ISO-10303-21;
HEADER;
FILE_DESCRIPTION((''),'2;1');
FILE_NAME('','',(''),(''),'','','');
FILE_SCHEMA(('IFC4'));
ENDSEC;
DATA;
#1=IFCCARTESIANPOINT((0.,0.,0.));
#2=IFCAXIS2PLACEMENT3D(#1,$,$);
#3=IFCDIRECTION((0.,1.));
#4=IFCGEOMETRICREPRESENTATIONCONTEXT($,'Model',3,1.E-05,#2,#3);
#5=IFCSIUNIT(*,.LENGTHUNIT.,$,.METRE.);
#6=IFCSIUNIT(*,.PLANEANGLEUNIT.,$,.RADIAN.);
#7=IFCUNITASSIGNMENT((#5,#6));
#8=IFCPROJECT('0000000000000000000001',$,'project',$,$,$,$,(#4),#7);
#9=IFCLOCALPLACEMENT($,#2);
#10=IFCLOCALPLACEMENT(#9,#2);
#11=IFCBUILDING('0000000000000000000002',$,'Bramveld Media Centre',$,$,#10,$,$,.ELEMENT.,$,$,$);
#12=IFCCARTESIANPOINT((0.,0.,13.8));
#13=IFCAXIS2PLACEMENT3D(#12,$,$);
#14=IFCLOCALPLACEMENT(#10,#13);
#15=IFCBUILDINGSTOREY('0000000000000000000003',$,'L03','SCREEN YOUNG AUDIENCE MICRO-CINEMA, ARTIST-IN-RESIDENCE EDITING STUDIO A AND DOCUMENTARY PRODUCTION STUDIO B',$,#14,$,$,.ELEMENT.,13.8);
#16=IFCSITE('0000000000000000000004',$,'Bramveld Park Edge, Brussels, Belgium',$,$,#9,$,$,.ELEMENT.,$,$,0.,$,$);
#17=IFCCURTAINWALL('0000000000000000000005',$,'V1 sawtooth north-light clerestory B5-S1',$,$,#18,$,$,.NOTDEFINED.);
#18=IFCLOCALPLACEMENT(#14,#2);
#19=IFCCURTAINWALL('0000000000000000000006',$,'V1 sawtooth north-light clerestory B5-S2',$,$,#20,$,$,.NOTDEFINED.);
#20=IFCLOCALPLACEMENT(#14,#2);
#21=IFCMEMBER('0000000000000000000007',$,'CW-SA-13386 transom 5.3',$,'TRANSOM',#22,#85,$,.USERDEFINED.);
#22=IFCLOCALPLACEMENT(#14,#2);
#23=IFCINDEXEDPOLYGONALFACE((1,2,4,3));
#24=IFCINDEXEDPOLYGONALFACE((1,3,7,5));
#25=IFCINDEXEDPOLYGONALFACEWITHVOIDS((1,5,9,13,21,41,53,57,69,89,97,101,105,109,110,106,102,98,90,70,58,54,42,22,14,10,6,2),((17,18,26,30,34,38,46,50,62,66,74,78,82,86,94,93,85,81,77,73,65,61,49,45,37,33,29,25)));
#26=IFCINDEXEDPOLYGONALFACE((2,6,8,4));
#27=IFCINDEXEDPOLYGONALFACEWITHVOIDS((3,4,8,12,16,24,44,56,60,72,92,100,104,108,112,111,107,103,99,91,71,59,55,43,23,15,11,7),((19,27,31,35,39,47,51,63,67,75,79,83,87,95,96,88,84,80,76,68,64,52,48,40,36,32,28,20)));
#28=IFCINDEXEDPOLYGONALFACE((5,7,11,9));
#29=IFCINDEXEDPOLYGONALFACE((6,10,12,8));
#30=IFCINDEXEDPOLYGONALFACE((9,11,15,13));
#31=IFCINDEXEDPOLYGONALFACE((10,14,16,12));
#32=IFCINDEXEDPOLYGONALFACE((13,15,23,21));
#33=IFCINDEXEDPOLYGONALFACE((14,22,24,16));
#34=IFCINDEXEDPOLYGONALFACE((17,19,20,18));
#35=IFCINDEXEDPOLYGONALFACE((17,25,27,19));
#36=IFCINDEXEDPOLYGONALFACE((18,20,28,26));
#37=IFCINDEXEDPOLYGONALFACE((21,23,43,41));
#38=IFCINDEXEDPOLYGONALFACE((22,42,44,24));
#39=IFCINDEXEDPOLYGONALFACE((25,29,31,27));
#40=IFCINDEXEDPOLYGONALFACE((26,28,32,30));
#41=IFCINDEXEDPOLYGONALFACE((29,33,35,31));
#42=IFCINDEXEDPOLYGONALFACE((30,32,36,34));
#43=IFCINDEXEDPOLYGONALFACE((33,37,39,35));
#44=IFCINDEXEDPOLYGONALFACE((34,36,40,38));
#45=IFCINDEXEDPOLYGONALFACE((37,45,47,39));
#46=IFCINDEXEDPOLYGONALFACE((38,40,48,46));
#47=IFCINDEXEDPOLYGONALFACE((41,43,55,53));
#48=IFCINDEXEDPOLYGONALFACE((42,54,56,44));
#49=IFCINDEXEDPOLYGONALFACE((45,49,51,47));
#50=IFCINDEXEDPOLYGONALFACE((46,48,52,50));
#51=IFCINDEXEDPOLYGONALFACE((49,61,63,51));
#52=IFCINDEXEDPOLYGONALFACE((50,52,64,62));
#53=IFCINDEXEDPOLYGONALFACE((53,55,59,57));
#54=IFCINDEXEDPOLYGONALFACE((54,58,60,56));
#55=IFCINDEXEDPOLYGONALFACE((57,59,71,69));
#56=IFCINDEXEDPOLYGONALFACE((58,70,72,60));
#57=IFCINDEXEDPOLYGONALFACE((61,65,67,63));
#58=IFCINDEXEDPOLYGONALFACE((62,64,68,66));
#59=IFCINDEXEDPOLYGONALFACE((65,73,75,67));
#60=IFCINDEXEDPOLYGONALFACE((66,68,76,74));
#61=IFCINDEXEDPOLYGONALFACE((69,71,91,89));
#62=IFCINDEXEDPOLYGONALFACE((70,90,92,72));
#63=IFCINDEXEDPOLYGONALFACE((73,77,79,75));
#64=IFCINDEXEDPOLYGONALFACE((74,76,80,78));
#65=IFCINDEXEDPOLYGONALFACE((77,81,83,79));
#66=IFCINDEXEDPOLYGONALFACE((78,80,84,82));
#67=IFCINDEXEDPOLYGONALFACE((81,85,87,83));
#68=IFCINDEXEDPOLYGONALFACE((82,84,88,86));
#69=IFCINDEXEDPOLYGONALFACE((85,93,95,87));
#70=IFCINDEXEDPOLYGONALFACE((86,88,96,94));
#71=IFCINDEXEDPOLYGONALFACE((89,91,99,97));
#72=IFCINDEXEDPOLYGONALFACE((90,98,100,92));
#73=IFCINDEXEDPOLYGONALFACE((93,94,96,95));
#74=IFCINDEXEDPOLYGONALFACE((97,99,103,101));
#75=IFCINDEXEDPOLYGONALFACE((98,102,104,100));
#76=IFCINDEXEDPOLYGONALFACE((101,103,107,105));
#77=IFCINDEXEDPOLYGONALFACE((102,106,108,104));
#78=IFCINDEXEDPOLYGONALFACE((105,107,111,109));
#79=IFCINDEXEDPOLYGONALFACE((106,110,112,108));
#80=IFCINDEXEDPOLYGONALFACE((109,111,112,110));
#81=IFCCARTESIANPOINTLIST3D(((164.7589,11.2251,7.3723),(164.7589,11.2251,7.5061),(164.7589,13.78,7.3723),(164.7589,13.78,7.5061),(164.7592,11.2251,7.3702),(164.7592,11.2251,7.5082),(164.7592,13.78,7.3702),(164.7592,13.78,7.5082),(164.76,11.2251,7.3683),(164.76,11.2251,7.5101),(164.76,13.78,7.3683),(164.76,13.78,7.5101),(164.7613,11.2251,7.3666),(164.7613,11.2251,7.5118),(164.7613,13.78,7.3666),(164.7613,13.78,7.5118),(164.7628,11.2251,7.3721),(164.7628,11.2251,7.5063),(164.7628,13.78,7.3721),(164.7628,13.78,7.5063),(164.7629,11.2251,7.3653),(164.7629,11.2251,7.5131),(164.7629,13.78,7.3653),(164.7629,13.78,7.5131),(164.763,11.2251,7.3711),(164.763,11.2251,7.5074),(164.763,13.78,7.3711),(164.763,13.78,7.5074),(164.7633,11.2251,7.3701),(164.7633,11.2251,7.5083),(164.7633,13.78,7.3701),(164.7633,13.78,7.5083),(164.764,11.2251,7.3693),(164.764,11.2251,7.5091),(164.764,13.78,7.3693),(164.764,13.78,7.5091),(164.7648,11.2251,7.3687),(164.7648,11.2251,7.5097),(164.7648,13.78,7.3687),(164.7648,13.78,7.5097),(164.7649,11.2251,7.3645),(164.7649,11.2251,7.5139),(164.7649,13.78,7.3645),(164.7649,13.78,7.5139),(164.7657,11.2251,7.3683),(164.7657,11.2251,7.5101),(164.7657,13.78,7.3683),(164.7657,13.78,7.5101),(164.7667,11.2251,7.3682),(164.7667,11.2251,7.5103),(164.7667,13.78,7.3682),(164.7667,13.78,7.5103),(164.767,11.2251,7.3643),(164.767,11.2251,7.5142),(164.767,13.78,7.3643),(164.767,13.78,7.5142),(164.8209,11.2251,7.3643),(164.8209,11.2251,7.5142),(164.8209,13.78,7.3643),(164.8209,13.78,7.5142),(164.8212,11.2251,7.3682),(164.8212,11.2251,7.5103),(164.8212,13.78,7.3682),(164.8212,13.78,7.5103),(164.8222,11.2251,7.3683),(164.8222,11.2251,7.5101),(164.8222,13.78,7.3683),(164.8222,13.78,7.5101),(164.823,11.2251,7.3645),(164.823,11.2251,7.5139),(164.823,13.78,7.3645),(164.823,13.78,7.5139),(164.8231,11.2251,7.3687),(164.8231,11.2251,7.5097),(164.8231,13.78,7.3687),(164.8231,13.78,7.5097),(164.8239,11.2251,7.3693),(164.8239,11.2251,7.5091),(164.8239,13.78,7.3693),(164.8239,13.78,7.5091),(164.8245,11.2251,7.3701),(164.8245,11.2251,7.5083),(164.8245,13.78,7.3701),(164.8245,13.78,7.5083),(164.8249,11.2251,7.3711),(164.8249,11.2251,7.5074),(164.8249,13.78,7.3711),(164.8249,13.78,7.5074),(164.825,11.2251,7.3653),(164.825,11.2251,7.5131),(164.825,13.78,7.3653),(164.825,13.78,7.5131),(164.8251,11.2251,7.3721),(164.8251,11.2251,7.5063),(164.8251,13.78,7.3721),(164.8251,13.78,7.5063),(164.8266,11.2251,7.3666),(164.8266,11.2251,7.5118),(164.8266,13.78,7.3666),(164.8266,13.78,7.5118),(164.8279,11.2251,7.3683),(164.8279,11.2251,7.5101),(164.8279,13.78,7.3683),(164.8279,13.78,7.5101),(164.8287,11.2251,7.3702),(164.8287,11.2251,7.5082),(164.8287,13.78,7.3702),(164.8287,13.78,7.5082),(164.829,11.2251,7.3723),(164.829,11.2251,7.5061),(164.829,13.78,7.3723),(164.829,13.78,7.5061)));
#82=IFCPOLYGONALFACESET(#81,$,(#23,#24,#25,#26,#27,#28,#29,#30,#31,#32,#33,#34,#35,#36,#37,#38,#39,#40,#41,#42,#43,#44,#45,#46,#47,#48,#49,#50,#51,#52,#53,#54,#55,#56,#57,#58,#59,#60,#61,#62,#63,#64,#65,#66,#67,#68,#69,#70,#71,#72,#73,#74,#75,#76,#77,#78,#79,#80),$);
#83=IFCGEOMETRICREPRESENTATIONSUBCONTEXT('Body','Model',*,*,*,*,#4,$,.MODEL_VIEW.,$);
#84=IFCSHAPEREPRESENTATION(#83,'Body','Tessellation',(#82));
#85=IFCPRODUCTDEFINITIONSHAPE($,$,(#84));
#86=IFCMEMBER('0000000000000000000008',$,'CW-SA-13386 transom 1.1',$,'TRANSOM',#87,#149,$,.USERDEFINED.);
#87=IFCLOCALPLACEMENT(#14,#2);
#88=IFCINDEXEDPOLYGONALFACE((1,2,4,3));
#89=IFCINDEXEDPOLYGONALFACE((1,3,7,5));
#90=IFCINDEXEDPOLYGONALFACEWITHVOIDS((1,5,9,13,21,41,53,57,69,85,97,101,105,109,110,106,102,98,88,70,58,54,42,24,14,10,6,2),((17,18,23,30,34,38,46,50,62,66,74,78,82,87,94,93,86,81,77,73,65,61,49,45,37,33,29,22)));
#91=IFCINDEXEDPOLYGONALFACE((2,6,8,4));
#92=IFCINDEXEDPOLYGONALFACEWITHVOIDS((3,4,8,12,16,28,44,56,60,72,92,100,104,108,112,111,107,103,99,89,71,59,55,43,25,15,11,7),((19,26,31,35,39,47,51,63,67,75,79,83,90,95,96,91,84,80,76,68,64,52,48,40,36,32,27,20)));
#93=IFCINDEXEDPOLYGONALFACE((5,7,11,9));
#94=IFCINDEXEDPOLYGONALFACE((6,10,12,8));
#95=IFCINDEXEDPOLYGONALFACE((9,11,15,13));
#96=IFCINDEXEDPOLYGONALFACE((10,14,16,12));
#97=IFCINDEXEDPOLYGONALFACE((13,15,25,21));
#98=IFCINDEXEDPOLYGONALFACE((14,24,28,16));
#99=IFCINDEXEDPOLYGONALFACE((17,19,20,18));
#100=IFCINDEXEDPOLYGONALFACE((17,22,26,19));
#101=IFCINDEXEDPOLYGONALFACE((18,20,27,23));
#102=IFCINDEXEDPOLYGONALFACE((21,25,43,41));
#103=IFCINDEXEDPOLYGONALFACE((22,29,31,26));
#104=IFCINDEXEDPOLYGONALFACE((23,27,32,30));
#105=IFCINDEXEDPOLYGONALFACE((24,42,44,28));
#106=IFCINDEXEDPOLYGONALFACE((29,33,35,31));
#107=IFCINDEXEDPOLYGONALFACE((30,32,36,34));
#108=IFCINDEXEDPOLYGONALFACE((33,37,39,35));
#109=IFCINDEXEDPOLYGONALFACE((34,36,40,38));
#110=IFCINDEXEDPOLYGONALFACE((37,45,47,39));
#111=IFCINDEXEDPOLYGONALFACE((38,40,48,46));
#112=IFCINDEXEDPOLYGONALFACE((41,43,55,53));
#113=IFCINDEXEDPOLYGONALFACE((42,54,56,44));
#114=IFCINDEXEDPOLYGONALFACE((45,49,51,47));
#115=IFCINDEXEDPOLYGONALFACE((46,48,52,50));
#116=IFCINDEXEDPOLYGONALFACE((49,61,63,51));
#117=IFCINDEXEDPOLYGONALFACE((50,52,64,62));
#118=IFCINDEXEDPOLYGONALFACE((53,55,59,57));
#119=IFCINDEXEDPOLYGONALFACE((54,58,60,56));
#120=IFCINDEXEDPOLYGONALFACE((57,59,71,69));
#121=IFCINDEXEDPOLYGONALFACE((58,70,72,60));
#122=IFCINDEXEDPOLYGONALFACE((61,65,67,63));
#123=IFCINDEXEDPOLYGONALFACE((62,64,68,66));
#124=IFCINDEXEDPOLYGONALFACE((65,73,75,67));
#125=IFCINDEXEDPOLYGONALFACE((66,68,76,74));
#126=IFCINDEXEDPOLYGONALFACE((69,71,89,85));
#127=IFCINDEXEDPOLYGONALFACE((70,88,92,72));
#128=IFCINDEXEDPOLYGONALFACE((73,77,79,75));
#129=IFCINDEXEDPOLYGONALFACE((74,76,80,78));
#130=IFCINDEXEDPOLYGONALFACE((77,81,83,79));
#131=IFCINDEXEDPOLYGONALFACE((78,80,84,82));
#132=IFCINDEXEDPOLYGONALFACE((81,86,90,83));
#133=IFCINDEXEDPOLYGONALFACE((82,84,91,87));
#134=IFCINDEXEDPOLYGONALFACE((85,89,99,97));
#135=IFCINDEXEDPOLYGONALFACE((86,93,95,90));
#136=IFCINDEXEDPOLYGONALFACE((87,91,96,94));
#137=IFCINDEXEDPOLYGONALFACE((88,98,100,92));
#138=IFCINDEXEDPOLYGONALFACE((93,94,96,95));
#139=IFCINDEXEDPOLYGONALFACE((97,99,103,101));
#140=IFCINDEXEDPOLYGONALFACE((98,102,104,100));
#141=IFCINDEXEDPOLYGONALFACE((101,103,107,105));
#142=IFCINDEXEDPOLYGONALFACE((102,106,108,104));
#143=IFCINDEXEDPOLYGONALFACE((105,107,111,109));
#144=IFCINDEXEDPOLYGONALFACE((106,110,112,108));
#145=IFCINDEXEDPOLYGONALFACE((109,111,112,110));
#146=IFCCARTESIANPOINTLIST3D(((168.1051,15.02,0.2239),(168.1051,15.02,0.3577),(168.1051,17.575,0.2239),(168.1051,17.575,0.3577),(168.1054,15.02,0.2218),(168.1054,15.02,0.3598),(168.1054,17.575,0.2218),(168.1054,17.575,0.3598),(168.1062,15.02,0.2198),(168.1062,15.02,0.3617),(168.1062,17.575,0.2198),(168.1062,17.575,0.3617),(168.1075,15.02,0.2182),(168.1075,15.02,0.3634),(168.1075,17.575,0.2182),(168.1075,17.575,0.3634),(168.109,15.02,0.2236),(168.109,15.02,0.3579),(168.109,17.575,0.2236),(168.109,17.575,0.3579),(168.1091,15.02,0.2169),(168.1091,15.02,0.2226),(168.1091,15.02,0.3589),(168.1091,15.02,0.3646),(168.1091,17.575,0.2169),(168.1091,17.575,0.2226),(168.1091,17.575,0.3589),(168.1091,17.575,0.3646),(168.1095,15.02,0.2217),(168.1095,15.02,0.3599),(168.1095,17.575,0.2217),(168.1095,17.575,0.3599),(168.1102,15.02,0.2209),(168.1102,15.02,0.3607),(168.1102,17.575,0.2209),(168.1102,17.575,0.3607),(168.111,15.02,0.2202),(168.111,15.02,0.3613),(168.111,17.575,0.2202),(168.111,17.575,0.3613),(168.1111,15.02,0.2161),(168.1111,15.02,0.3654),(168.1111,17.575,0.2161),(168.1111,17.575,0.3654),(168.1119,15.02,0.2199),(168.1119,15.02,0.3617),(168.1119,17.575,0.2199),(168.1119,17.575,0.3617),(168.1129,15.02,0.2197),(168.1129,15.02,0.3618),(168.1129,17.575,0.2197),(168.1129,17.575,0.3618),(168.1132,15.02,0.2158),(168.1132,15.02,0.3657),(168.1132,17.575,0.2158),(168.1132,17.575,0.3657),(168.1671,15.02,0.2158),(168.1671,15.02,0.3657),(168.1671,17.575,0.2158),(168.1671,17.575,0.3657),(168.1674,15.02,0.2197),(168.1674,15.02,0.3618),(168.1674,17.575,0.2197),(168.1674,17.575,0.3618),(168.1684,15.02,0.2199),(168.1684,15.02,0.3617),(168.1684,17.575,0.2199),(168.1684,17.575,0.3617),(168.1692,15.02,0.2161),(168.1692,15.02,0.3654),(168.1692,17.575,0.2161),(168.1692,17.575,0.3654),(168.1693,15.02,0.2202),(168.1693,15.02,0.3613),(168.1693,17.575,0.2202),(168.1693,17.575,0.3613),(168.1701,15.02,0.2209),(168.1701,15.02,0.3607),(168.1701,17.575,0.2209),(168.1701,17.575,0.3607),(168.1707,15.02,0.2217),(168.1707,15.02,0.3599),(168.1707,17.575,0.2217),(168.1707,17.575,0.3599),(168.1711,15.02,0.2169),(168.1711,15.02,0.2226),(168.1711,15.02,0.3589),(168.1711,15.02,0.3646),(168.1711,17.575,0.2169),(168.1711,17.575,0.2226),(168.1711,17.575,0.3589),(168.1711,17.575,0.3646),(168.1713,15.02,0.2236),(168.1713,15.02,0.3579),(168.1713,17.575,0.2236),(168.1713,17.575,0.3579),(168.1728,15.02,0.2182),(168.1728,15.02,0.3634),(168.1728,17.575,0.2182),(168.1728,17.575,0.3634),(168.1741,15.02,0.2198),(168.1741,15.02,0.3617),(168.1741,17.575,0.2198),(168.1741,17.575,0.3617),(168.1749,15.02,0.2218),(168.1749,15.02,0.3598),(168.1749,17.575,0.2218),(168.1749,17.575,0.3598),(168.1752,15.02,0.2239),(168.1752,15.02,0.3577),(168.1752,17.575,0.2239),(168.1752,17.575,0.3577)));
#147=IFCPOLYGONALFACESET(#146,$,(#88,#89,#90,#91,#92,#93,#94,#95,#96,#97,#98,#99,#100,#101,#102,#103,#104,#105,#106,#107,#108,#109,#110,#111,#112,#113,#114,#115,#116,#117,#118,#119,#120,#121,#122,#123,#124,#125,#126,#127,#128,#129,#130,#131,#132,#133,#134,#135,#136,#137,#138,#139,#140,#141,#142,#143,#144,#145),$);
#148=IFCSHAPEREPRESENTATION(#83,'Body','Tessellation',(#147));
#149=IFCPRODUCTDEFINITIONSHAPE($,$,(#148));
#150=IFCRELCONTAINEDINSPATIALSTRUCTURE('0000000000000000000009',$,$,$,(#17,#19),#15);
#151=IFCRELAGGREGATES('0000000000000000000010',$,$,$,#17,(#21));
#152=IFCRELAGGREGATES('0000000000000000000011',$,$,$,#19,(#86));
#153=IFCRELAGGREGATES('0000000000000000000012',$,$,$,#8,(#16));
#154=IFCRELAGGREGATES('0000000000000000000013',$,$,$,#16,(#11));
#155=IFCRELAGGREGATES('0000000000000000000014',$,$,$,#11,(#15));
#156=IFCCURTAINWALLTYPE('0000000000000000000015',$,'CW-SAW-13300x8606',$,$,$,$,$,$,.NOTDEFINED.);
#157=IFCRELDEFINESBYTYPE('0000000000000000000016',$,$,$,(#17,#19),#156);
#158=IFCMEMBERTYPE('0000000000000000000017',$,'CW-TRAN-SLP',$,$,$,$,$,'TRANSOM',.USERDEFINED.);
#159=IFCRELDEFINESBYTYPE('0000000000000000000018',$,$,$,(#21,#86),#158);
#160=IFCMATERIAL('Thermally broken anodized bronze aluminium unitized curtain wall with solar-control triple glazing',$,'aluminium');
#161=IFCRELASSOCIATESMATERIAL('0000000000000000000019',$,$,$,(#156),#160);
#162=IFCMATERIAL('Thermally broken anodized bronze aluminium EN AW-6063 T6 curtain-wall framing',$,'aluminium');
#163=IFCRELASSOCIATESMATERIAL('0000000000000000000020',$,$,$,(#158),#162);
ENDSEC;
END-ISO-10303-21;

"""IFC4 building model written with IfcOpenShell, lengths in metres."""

from ifc_helpers import new_model, si_unit, direction, frame, origin, origin_2d, place, context, subcontext, project, spatial, hollow_rectangle, extrude, material, material_profile, profile_set, type_object, element, aggregate, save


model = new_model("IFC4")

# Units and contexts
model_context = context("Model", 3, precision=1e-05, world=origin(), true_north=direction((0.0, 1.0)))
body_context = subcontext(model_context, "Body", "Model", "MODEL_VIEW")
ifc_project = project(units=[si_unit("LENGTHUNIT", "METRE"), si_unit("PLANEANGLEUNIT", "RADIAN")], contexts=[model_context])

# Site, building, storey
site_placement = place(None, origin())
site = spatial("IfcSite", under=ifc_project, at=site_placement, Name="Bramveld Park Edge, Brussels, Belgium", CompositionType="ELEMENT", RefElevation=0.0)
building_placement = place(site_placement, origin())
building = spatial("IfcBuilding", under=site, at=building_placement, Name="Bramveld Media Centre", CompositionType="ELEMENT")
storey_placement = place(building_placement, frame((0.0, 0.0, 13.8)))
storey = spatial("IfcBuildingStorey", under=building, at=storey_placement, Name="L03", Description="SCREEN YOUNG AUDIENCE MICRO-CINEMA, ARTIST-IN-RESIDENCE EDITING STUDIO A AND DOCUMENTARY PRODUCTION STUDIO B", CompositionType="ELEMENT", Elevation=13.8)

# Curtain walls
ifc_material_1 = material(Name="Thermally broken anodized bronze aluminium unitized curtain wall with solar-control triple glazing", Category="aluminium")
curtain_wall_type = type_object("IfcCurtainWallType", Name="CW-SAW-13300x8606", PredefinedType="NOTDEFINED", material=ifc_material_1)
curtain_wall_1_placement = place(storey_placement, origin())
curtain_wall_1 = element("IfcCurtainWall", 1, at=curtain_wall_1_placement, inside=storey, type_object=curtain_wall_type, Name="V1 sawtooth north-light clerestory B5-S1", PredefinedType="NOTDEFINED")
curtain_wall_2_placement = place(storey_placement, origin())
curtain_wall_2 = element("IfcCurtainWall", 2, at=curtain_wall_2_placement, inside=storey, type_object=curtain_wall_type, Name="V1 sawtooth north-light clerestory B5-S2", PredefinedType="NOTDEFINED")

# Members
ifc_material_2 = material(Name="Thermally broken anodized bronze aluminium EN AW-6063 T6 curtain-wall framing", Category="aluminium")
ifc_material_profile_1 = material_profile(ifc_material_2, hollow_rectangle(XDim=0.0701, YDim=0.1499, WallThickness=0.0039, InnerFilletRadius=0.0039, OuterFilletRadius=0.0081, at=origin_2d()), Name="AL-TRAN 70x150")
ifc_profile_set_1 = profile_set([ifc_material_profile_1], Name="Thermally broken anodized bronze aluminium EN AW-6063 T6 curtain-wall framing")
member_type_1 = type_object("IfcMemberType", Name="CW-TRAN-SLP", ElementType="TRANSOM", PredefinedType="USERDEFINED", material=ifc_profile_set_1)
member_1_placement = place(storey_placement, frame((164.7939, 11.2251, 7.4392), z_axis=(0.0, 1.0, 0.0), x_axis=(-1.0, 0.0, 0.0)))
member_1 = element("IfcMember", 3, at=member_1_placement, type_object=member_type_1, Name="CW-SA-13386 transom 5.3", ObjectType="TRANSOM", PredefinedType="USERDEFINED", context=body_context, shape_type="SweptSolid", body=[
    extrude(hollow_rectangle(XDim=0.0701, YDim=0.1499, WallThickness=0.0039, InnerFilletRadius=0.0039, OuterFilletRadius=0.0081, at=origin_2d()), origin(), (0.0, 0.0, 1.0), 2.5549),
])
member_2_placement = place(storey_placement, frame((168.1401, 15.02, 0.2908), z_axis=(0.0, 1.0, 0.0), x_axis=(-1.0, 0.0, 0.0)))
member_2 = element("IfcMember", 4, at=member_2_placement, type_object=member_type_1, Name="CW-SA-13386 transom 1.1", ObjectType="TRANSOM", PredefinedType="USERDEFINED", context=body_context, shape_type="SweptSolid", body=[
    extrude(hollow_rectangle(XDim=0.0701, YDim=0.1499, WallThickness=0.0039, InnerFilletRadius=0.0039, OuterFilletRadius=0.0081, at=origin_2d()), origin(), (0.0, 0.0, 1.0), 2.5549),
])

aggregate(curtain_wall_1, [member_1])
aggregate(curtain_wall_2, [member_2])

save(model, "model.ifc")
